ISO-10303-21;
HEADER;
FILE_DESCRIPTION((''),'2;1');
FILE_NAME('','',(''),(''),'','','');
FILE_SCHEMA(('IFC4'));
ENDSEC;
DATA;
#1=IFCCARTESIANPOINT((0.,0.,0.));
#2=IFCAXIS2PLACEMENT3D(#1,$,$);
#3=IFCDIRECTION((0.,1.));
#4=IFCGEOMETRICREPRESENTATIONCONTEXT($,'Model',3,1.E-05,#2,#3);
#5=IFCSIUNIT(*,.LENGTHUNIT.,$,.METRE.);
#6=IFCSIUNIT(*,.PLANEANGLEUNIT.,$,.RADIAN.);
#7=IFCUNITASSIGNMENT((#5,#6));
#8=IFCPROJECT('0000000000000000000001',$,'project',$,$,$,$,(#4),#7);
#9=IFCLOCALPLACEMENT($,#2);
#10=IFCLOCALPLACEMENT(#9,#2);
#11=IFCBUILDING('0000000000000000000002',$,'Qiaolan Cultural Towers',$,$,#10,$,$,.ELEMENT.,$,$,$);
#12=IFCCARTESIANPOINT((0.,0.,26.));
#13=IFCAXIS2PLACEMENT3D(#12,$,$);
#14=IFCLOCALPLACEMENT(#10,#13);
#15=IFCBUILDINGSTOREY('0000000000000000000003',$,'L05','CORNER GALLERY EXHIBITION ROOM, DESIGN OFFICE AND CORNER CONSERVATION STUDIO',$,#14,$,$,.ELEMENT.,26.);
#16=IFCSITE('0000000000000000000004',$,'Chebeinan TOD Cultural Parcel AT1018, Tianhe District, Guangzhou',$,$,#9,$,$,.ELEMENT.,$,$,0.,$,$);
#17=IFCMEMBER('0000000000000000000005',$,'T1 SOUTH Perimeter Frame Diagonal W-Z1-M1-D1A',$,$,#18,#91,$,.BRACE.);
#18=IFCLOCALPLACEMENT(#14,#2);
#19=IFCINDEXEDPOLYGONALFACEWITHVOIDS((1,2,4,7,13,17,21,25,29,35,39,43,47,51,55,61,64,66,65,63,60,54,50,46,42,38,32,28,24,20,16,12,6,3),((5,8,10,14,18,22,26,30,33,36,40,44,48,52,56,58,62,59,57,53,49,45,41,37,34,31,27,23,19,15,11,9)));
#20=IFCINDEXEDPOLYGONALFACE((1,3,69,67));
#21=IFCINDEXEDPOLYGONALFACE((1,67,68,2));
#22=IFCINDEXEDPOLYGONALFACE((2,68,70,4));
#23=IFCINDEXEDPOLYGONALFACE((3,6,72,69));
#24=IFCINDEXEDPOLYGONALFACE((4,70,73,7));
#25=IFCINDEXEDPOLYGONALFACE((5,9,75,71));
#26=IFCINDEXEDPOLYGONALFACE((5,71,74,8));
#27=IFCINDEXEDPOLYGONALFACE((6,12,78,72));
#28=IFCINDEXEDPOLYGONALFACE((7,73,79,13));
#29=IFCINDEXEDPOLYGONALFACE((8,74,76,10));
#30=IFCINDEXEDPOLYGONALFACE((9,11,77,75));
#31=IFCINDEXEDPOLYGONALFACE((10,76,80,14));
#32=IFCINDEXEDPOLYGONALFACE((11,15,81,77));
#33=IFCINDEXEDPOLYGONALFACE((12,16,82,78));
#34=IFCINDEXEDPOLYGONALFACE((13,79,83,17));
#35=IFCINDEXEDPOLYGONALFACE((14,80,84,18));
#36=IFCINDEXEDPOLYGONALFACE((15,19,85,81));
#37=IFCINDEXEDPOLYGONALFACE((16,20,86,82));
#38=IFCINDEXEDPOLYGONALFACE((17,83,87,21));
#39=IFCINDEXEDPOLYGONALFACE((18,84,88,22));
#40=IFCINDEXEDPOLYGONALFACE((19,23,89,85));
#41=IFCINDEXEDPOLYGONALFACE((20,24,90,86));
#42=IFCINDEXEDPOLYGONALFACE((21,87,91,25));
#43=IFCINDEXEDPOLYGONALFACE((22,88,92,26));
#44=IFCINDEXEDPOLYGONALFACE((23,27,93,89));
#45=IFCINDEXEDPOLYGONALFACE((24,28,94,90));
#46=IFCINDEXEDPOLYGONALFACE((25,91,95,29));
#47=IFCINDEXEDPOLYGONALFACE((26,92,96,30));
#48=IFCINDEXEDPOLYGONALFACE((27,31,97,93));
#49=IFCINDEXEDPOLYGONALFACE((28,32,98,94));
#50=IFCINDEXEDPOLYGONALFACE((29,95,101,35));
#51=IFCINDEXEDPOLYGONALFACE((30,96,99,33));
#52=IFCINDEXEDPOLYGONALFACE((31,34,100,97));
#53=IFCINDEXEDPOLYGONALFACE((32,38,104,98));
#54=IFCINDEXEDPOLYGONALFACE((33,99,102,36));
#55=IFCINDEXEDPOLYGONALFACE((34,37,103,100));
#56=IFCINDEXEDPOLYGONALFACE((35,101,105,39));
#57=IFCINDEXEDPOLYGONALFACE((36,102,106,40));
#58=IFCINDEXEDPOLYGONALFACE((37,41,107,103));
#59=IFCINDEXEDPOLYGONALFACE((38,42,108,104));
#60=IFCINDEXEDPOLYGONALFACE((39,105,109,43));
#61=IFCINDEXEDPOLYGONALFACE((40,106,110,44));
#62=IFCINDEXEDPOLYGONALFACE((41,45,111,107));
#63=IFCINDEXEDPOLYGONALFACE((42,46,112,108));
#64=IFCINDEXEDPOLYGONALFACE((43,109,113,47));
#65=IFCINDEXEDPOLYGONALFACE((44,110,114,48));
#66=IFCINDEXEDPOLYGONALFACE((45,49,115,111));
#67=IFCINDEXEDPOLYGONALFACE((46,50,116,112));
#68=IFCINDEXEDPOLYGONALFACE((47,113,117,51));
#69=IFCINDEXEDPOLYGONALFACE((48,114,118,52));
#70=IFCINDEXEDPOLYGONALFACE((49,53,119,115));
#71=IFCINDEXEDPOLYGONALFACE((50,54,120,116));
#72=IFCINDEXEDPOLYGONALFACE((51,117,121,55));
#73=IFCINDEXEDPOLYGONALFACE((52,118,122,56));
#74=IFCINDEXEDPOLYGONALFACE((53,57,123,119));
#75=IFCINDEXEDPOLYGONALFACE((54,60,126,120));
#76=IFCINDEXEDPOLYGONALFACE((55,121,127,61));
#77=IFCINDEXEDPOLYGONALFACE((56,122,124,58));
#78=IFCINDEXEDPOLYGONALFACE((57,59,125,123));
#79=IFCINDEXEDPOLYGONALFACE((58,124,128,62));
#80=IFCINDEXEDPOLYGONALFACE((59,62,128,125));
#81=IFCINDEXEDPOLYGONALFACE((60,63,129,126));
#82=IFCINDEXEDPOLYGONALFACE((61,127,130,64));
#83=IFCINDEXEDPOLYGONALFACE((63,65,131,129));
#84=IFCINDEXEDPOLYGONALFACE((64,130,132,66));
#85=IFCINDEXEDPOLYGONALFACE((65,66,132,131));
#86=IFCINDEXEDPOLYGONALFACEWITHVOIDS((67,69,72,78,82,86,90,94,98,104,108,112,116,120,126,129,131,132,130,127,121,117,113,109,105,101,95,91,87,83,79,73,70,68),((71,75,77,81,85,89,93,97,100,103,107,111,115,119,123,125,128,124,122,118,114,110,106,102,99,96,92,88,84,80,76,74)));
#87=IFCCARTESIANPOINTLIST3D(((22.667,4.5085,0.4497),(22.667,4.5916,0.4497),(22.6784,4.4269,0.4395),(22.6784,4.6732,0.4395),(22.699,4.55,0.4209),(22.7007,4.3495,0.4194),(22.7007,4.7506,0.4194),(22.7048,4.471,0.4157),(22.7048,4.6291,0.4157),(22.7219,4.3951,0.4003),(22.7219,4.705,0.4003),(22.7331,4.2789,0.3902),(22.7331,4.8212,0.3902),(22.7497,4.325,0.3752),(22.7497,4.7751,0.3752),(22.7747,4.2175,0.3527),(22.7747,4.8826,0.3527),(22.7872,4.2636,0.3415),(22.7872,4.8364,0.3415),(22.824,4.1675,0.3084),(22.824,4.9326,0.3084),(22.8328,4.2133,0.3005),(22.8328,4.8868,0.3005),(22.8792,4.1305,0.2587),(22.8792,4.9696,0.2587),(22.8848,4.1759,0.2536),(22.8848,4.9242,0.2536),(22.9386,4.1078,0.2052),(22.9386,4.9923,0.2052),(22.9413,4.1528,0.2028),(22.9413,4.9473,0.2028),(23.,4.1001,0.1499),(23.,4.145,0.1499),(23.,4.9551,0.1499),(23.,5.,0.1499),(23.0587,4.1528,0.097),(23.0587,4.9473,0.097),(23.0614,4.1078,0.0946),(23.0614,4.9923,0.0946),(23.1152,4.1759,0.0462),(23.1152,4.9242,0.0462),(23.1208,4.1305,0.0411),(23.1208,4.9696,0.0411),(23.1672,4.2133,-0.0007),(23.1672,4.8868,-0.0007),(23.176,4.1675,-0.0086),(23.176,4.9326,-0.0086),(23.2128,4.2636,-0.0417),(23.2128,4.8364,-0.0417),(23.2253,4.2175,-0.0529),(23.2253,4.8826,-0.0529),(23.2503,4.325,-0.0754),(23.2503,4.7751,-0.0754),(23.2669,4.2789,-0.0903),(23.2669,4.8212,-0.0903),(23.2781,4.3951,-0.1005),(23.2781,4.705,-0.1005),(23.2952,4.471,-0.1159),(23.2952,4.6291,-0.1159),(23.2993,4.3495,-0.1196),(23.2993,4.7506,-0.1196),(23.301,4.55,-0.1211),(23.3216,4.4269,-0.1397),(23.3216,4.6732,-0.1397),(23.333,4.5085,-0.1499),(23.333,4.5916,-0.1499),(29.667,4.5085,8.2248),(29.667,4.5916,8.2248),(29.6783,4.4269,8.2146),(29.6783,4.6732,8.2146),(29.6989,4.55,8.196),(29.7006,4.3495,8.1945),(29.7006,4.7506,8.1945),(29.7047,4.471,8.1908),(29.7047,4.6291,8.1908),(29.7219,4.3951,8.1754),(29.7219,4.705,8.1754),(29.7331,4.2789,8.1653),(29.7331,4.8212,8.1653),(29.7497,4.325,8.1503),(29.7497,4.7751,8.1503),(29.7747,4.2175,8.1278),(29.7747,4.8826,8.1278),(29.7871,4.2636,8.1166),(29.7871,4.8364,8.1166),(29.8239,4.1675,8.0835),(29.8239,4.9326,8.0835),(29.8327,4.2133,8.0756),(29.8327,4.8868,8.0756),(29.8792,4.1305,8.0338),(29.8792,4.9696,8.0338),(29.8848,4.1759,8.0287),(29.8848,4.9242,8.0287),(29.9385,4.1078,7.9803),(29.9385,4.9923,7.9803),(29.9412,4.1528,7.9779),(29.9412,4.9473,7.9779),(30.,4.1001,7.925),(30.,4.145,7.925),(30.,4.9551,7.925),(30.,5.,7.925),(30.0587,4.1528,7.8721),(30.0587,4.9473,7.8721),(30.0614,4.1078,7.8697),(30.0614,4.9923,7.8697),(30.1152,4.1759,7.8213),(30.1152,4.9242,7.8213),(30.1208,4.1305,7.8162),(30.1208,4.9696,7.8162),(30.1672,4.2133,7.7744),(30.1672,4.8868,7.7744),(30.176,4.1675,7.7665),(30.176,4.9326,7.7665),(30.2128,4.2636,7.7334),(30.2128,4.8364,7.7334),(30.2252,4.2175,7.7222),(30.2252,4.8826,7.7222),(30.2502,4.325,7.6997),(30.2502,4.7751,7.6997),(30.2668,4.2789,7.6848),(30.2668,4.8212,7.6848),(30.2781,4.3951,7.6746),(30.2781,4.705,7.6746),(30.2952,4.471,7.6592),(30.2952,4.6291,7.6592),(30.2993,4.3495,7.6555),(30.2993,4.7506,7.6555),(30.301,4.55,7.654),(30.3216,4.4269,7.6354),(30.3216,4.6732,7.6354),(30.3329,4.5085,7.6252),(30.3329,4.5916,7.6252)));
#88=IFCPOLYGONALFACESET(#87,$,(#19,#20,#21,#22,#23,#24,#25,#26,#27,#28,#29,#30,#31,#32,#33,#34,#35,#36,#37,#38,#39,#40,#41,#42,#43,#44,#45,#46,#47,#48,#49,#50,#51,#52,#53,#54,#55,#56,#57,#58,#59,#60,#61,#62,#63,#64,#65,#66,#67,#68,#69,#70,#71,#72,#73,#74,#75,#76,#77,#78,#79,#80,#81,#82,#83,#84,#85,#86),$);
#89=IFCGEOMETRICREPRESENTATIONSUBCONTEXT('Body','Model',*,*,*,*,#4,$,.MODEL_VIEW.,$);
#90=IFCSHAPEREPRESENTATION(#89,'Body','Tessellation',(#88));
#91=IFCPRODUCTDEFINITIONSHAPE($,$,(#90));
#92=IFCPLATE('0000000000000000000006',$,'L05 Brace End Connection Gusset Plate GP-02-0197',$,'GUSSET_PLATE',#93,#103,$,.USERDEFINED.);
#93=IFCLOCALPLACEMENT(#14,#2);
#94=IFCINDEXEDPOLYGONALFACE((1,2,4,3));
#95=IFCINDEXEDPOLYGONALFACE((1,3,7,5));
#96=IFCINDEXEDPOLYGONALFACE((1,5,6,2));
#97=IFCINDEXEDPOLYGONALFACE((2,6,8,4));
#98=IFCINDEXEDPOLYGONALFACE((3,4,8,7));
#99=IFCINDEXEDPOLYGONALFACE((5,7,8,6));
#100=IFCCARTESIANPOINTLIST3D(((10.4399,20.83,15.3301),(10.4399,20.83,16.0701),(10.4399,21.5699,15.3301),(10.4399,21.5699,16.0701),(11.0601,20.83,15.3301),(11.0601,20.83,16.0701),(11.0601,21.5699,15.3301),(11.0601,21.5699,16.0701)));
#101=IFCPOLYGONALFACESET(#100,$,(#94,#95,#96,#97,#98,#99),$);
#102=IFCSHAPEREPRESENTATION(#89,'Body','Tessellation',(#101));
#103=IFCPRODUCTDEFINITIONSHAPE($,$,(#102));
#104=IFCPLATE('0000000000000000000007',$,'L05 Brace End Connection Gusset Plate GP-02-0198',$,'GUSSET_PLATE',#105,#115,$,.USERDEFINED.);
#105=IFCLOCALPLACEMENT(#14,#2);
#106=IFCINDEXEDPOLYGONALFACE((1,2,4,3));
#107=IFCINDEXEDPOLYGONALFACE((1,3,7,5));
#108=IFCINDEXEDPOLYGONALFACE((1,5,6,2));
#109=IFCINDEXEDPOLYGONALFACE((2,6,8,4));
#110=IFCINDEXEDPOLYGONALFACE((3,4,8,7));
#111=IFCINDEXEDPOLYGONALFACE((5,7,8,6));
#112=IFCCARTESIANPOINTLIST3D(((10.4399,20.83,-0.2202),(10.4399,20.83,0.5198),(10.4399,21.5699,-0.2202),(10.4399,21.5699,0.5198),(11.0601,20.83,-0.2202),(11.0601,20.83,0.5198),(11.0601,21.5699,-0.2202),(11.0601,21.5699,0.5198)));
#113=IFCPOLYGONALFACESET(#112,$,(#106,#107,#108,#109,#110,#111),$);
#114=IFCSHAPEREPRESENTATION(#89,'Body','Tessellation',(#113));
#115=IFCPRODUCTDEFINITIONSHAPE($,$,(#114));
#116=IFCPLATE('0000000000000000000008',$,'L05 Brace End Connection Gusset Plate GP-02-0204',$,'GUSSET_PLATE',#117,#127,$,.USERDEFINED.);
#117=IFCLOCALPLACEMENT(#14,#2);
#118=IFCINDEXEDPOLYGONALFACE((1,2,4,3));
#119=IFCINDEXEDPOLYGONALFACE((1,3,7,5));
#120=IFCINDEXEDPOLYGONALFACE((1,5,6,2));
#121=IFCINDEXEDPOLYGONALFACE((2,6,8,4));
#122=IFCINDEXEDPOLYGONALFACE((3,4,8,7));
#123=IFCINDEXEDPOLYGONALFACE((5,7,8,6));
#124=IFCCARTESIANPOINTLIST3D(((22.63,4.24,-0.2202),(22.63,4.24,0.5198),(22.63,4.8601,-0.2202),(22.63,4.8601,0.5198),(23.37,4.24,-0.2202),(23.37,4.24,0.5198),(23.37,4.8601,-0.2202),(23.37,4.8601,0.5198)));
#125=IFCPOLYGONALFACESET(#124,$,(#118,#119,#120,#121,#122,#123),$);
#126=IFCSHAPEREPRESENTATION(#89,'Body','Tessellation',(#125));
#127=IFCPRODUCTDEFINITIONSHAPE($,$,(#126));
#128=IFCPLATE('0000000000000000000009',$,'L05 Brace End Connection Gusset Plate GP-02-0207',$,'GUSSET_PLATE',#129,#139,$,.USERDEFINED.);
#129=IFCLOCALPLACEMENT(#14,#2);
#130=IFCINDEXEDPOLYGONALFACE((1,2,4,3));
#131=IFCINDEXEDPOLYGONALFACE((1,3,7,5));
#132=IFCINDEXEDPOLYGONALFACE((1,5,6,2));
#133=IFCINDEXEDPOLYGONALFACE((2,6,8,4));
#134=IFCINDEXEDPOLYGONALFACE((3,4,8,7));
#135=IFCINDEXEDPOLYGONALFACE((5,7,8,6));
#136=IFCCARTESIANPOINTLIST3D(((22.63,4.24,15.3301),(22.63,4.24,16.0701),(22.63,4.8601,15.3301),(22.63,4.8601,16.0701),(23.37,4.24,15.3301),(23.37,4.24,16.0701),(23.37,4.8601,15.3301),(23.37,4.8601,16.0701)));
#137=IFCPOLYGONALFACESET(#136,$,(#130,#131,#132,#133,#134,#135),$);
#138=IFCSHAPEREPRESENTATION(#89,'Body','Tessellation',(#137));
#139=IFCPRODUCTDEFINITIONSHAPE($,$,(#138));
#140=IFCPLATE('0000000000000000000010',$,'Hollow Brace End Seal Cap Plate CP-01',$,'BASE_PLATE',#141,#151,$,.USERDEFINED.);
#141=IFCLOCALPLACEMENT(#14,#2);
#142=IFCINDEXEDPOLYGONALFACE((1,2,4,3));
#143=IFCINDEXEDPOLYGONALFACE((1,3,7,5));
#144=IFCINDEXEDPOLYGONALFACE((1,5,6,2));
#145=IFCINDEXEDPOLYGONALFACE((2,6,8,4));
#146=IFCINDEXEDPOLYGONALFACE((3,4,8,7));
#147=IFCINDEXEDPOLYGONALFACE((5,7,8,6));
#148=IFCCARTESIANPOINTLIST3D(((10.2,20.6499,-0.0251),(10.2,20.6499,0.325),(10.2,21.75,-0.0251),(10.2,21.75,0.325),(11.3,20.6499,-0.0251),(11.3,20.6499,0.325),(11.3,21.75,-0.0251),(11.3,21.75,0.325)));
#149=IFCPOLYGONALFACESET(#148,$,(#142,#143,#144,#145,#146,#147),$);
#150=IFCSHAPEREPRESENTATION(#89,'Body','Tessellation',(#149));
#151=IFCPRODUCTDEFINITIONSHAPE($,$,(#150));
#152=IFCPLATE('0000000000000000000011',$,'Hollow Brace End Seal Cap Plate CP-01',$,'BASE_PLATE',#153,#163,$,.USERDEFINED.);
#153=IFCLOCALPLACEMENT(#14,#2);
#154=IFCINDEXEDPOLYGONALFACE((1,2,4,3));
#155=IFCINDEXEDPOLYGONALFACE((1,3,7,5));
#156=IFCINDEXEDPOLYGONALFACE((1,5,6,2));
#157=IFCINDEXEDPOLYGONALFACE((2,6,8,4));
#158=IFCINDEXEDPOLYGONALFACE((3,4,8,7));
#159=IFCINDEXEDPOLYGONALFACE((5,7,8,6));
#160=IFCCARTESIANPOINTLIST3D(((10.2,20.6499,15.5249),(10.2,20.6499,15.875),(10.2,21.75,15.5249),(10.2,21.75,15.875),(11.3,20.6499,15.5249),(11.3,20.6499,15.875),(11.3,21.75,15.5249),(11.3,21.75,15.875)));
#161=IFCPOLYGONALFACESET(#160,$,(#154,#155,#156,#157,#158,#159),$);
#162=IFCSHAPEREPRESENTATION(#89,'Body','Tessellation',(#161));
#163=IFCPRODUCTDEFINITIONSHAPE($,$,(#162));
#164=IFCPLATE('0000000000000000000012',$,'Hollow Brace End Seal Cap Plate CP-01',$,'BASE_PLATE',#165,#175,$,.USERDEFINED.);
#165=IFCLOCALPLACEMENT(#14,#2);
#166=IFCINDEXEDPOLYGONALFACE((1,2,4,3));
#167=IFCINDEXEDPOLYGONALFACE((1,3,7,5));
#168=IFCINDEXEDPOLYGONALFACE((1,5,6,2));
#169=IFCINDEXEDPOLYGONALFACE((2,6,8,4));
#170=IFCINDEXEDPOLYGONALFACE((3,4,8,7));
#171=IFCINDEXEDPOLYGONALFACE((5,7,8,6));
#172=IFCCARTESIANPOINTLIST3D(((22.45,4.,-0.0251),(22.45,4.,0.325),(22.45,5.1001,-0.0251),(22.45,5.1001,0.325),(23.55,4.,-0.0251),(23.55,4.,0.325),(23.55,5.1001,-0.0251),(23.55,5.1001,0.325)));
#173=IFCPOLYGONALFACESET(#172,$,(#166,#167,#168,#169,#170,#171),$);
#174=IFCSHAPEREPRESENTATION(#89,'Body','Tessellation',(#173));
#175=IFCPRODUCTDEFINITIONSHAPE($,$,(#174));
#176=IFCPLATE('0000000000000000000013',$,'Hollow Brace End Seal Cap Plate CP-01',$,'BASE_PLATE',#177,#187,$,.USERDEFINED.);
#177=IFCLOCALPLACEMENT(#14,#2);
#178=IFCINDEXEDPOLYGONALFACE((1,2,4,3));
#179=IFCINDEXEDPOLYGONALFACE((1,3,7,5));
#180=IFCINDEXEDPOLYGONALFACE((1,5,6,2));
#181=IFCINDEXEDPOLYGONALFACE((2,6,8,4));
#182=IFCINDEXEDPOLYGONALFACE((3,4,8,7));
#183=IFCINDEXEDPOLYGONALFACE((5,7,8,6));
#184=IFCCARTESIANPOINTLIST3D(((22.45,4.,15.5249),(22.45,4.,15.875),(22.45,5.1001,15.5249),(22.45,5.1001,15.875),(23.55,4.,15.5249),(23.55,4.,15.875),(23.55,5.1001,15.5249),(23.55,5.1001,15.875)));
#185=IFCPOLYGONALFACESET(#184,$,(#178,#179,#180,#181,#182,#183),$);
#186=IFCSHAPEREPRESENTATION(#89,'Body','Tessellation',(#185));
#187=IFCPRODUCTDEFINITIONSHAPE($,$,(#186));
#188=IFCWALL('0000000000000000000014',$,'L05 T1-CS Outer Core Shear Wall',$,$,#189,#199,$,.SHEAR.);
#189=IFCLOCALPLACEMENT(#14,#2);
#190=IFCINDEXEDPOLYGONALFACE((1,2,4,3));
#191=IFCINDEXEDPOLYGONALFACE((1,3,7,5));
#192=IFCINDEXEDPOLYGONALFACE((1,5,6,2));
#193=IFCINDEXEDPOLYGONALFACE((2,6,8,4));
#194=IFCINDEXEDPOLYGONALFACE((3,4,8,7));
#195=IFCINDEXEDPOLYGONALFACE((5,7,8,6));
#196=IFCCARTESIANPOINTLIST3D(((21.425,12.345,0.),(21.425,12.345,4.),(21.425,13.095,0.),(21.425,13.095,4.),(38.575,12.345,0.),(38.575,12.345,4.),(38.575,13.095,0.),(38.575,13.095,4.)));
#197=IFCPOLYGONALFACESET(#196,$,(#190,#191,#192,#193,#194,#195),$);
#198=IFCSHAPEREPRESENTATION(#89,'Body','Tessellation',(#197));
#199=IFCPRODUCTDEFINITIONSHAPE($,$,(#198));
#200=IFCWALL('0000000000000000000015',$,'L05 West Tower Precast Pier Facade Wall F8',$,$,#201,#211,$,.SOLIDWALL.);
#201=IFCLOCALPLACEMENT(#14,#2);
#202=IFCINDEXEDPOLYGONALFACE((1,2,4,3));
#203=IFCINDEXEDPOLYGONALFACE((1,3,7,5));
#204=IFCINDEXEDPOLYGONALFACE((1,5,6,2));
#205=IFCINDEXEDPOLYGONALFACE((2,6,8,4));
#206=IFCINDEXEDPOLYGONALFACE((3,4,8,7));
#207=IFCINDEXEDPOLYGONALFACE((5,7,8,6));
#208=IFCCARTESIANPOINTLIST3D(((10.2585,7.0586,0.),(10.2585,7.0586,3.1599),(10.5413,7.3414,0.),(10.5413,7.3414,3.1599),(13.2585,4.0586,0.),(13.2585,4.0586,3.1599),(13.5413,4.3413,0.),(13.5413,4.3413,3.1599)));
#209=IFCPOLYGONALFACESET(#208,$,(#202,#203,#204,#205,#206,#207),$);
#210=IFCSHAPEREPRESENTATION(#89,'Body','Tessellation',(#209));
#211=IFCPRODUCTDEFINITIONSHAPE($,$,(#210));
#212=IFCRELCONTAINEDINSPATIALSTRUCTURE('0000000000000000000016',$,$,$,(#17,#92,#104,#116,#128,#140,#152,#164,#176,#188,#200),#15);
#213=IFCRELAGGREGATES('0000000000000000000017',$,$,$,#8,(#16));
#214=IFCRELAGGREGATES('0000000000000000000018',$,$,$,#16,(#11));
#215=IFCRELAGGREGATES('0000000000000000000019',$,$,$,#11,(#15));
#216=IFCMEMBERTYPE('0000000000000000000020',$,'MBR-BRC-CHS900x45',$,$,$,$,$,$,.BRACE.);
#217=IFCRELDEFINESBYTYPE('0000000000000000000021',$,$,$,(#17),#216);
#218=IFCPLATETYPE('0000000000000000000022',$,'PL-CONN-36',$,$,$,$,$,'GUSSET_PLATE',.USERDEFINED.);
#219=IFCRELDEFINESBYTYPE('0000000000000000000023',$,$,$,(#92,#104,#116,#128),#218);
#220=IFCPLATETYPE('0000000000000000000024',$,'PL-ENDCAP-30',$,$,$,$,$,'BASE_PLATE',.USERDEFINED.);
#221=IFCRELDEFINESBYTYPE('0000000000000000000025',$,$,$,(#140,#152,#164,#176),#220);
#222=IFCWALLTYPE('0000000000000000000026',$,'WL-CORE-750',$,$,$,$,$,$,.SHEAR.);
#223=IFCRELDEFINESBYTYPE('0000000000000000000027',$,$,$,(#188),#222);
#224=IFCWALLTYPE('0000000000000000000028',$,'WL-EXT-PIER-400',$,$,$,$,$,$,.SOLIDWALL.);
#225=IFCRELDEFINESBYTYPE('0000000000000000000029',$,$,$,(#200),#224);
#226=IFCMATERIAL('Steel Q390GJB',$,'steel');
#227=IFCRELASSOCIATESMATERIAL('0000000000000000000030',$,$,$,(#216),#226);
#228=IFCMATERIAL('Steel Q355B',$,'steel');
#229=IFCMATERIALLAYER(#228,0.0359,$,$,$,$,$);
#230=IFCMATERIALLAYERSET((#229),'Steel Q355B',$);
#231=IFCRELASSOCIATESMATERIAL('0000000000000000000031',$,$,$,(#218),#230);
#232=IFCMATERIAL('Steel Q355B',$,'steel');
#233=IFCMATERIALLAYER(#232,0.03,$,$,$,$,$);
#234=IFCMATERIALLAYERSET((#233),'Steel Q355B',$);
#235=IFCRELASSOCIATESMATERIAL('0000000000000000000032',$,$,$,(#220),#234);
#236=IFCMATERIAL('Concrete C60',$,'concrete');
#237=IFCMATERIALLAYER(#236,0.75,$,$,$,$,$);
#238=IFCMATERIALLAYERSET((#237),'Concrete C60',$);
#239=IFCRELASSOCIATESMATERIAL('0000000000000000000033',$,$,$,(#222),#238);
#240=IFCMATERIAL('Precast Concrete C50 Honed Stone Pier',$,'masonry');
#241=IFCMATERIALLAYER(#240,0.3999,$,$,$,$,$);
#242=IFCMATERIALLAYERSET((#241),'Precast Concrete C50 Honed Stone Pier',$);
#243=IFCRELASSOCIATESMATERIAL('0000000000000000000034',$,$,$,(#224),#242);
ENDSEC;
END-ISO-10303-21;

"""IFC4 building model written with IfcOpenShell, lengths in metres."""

from ifc_helpers import new_model, si_unit, direction, frame, frame_2d, origin, origin_2d, place, context, subcontext, project, spatial, rectangle, hollow_circle, extrude, material, layer, layer_set, material_profile, profile_set, type_object, element, save


model = new_model("IFC4")

# Units and contexts
model_context = context("Model", 3, precision=1e-05, world=origin(), true_north=direction((0.0, 1.0)))
body_context = subcontext(model_context, "Body", "Model", "MODEL_VIEW")
ifc_project = project(units=[si_unit("LENGTHUNIT", "METRE"), si_unit("PLANEANGLEUNIT", "RADIAN")], contexts=[model_context])

# Site, building, storey
site_placement = place(None, origin())
site = spatial("IfcSite", under=ifc_project, at=site_placement, Name="Chebeinan TOD Cultural Parcel AT1018, Tianhe District, Guangzhou", CompositionType="ELEMENT", RefElevation=0.0)
building_placement = place(site_placement, origin())
building = spatial("IfcBuilding", under=site, at=building_placement, Name="Qiaolan Cultural Towers", CompositionType="ELEMENT")
storey_placement = place(building_placement, frame((0.0, 0.0, 26.0)))
storey = spatial("IfcBuildingStorey", under=building, at=storey_placement, Name="L05", Description="CORNER GALLERY EXHIBITION ROOM, DESIGN OFFICE AND CORNER CONSERVATION STUDIO", CompositionType="ELEMENT", Elevation=26.0)

# Member
ifc_material_1 = material(Name="Steel Q390GJB", Category="steel")
ifc_material_profile_1 = material_profile(ifc_material_1, hollow_circle(Radius=0.45, WallThickness=0.0449, at=origin_2d()), Name="CHS900x45")
ifc_profile_set_1 = profile_set([ifc_material_profile_1], Name="Steel Q390GJB")
member_type = type_object("IfcMemberType", Name="MBR-BRC-CHS900x45", PredefinedType="BRACE", material=ifc_profile_set_1)
member_placement = place(storey_placement, frame((23.0, 4.55, 0.1499), z_axis=(0.66909, 0.0, 0.743182), x_axis=(0.0, 1.0, 0.0)))
element("IfcMember", 1, at=member_placement, inside=storey, type_object=member_type, Name="T1 SOUTH Perimeter Frame Diagonal W-Z1-M1-D1A", PredefinedType="BRACE", context=body_context, shape_type="SweptSolid", body=[
    extrude(hollow_circle(Radius=0.45, WallThickness=0.0449, at=origin_2d()), origin(), (0.0, 0.0, 1.0), 10.4619),
])

# Plates
ifc_material_2 = material(Name="Steel Q355B", Category="steel")
ifc_layer_1 = layer(ifc_material_2, 0.0359)
ifc_layer_set_1 = layer_set([ifc_layer_1], Name="Steel Q355B")
plate_type_1 = type_object("IfcPlateType", Name="PL-CONN-36", ElementType="GUSSET_PLATE", PredefinedType="USERDEFINED", material=ifc_layer_set_1)
for number, where, z_axis, x_axis, name in (
    (2, (10.75, 21.2, 15.3301), (0.0, 0.0, 1.0), (0.0, 1.0, 0.0), "L05 Brace End Connection Gusset Plate GP-02-0197"),
    (3, (10.75, 21.2, -0.2202), (0.0, 0.0, 1.0), (0.0, 1.0, 0.0), "L05 Brace End Connection Gusset Plate GP-02-0198"),
    (4, (23.0, 4.55, -0.2202), (0.0, 0.0, 1.0), (1.0, 0.0, 0.0), "L05 Brace End Connection Gusset Plate GP-02-0204"),
    (5, (23.0, 4.55, 15.3301), (0.0, 0.0, 1.0), (1.0, 0.0, 0.0), "L05 Brace End Connection Gusset Plate GP-02-0207"),
):
    element("IfcPlate", number, at=place(storey_placement, frame(where, z_axis=z_axis, x_axis=x_axis)), inside=storey, type_object=plate_type_1, Name=name, ObjectType="GUSSET_PLATE", PredefinedType="USERDEFINED", context=body_context, shape_type="SweptSolid", body=[
        extrude(rectangle(XDim=0.74, YDim=0.6201, at=origin_2d()), origin(), (0.0, 0.0, 1.0), 0.74),
    ])
ifc_material_3 = material(Name="Steel Q355B", Category="steel")
ifc_layer_2 = layer(ifc_material_3, 0.03)
ifc_layer_set_2 = layer_set([ifc_layer_2], Name="Steel Q355B")
plate_type_2 = type_object("IfcPlateType", Name="PL-ENDCAP-30", ElementType="BASE_PLATE", PredefinedType="USERDEFINED", material=ifc_layer_set_2)
for number, where, z_axis, x_axis, name in (
    (6, (10.75, 21.2, -0.0251), (0.0, 0.0, 1.0), (0.0, 1.0, 0.0), "Hollow Brace End Seal Cap Plate CP-01"),
    (7, (10.75, 21.2, 15.5249), (0.0, 0.0, 1.0), (0.0, 1.0, 0.0), "Hollow Brace End Seal Cap Plate CP-01"),
    (8, (23.0, 4.55, -0.0251), (0.0, 0.0, 1.0), (1.0, 0.0, 0.0), "Hollow Brace End Seal Cap Plate CP-01"),
    (9, (23.0, 4.55, 15.5249), (0.0, 0.0, 1.0), (1.0, 0.0, 0.0), "Hollow Brace End Seal Cap Plate CP-01"),
):
    element("IfcPlate", number, at=place(storey_placement, frame(where, z_axis=z_axis, x_axis=x_axis)), inside=storey, type_object=plate_type_2, Name=name, ObjectType="BASE_PLATE", PredefinedType="USERDEFINED", context=body_context, shape_type="SweptSolid", body=[
        extrude(rectangle(XDim=1.1001, YDim=1.1001, at=origin_2d()), origin(), (0.0, 0.0, 1.0), 0.3501),
    ])

# Walls
ifc_material_4 = material(Name="Concrete C60", Category="concrete")
ifc_layer_3 = layer(ifc_material_4, 0.75)
ifc_layer_set_3 = layer_set([ifc_layer_3], Name="Concrete C60")
wall_type_1 = type_object("IfcWallType", Name="WL-CORE-750", PredefinedType="SHEAR", material=ifc_layer_set_3)
wall_1_placement = place(storey_placement, frame((21.425, 12.72, 0.0), z_axis=(0.0, 0.0, 1.0), x_axis=(1.0, 0.0, 0.0)))
element("IfcWall", 10, at=wall_1_placement, inside=storey, type_object=wall_type_1, Name="L05 T1-CS Outer Core Shear Wall", PredefinedType="SHEAR", context=body_context, shape_type="SweptSolid", body=[
    extrude(rectangle(XDim=17.1499, YDim=0.75, at=frame_2d((8.575, 0.0))), origin(), (0.0, 0.0, 1.0), 4.0),
])
ifc_material_5 = material(Name="Precast Concrete C50 Honed Stone Pier", Category="masonry")
ifc_layer_4 = layer(ifc_material_5, 0.3999)
ifc_layer_set_4 = layer_set([ifc_layer_4], Name="Precast Concrete C50 Honed Stone Pier")
wall_type_2 = type_object("IfcWallType", Name="WL-EXT-PIER-400", PredefinedType="SOLIDWALL", material=ifc_layer_set_4)
wall_2_placement = place(storey_placement, frame((13.3999, 4.2, 0.0), z_axis=(0.0, 0.0, 1.0), x_axis=(-0.707107, 0.707107, 0.0)))
element("IfcWall", 11, at=wall_2_placement, inside=storey, type_object=wall_type_2, Name="L05 West Tower Precast Pier Facade Wall F8", PredefinedType="SOLIDWALL", context=body_context, shape_type="SweptSolid", body=[
    extrude(rectangle(XDim=4.2427, YDim=0.3999, at=frame_2d((2.1213, 0.0))), origin(), (0.0, 0.0, 1.0), 3.1599),
])

save(model, "model.ifc")
